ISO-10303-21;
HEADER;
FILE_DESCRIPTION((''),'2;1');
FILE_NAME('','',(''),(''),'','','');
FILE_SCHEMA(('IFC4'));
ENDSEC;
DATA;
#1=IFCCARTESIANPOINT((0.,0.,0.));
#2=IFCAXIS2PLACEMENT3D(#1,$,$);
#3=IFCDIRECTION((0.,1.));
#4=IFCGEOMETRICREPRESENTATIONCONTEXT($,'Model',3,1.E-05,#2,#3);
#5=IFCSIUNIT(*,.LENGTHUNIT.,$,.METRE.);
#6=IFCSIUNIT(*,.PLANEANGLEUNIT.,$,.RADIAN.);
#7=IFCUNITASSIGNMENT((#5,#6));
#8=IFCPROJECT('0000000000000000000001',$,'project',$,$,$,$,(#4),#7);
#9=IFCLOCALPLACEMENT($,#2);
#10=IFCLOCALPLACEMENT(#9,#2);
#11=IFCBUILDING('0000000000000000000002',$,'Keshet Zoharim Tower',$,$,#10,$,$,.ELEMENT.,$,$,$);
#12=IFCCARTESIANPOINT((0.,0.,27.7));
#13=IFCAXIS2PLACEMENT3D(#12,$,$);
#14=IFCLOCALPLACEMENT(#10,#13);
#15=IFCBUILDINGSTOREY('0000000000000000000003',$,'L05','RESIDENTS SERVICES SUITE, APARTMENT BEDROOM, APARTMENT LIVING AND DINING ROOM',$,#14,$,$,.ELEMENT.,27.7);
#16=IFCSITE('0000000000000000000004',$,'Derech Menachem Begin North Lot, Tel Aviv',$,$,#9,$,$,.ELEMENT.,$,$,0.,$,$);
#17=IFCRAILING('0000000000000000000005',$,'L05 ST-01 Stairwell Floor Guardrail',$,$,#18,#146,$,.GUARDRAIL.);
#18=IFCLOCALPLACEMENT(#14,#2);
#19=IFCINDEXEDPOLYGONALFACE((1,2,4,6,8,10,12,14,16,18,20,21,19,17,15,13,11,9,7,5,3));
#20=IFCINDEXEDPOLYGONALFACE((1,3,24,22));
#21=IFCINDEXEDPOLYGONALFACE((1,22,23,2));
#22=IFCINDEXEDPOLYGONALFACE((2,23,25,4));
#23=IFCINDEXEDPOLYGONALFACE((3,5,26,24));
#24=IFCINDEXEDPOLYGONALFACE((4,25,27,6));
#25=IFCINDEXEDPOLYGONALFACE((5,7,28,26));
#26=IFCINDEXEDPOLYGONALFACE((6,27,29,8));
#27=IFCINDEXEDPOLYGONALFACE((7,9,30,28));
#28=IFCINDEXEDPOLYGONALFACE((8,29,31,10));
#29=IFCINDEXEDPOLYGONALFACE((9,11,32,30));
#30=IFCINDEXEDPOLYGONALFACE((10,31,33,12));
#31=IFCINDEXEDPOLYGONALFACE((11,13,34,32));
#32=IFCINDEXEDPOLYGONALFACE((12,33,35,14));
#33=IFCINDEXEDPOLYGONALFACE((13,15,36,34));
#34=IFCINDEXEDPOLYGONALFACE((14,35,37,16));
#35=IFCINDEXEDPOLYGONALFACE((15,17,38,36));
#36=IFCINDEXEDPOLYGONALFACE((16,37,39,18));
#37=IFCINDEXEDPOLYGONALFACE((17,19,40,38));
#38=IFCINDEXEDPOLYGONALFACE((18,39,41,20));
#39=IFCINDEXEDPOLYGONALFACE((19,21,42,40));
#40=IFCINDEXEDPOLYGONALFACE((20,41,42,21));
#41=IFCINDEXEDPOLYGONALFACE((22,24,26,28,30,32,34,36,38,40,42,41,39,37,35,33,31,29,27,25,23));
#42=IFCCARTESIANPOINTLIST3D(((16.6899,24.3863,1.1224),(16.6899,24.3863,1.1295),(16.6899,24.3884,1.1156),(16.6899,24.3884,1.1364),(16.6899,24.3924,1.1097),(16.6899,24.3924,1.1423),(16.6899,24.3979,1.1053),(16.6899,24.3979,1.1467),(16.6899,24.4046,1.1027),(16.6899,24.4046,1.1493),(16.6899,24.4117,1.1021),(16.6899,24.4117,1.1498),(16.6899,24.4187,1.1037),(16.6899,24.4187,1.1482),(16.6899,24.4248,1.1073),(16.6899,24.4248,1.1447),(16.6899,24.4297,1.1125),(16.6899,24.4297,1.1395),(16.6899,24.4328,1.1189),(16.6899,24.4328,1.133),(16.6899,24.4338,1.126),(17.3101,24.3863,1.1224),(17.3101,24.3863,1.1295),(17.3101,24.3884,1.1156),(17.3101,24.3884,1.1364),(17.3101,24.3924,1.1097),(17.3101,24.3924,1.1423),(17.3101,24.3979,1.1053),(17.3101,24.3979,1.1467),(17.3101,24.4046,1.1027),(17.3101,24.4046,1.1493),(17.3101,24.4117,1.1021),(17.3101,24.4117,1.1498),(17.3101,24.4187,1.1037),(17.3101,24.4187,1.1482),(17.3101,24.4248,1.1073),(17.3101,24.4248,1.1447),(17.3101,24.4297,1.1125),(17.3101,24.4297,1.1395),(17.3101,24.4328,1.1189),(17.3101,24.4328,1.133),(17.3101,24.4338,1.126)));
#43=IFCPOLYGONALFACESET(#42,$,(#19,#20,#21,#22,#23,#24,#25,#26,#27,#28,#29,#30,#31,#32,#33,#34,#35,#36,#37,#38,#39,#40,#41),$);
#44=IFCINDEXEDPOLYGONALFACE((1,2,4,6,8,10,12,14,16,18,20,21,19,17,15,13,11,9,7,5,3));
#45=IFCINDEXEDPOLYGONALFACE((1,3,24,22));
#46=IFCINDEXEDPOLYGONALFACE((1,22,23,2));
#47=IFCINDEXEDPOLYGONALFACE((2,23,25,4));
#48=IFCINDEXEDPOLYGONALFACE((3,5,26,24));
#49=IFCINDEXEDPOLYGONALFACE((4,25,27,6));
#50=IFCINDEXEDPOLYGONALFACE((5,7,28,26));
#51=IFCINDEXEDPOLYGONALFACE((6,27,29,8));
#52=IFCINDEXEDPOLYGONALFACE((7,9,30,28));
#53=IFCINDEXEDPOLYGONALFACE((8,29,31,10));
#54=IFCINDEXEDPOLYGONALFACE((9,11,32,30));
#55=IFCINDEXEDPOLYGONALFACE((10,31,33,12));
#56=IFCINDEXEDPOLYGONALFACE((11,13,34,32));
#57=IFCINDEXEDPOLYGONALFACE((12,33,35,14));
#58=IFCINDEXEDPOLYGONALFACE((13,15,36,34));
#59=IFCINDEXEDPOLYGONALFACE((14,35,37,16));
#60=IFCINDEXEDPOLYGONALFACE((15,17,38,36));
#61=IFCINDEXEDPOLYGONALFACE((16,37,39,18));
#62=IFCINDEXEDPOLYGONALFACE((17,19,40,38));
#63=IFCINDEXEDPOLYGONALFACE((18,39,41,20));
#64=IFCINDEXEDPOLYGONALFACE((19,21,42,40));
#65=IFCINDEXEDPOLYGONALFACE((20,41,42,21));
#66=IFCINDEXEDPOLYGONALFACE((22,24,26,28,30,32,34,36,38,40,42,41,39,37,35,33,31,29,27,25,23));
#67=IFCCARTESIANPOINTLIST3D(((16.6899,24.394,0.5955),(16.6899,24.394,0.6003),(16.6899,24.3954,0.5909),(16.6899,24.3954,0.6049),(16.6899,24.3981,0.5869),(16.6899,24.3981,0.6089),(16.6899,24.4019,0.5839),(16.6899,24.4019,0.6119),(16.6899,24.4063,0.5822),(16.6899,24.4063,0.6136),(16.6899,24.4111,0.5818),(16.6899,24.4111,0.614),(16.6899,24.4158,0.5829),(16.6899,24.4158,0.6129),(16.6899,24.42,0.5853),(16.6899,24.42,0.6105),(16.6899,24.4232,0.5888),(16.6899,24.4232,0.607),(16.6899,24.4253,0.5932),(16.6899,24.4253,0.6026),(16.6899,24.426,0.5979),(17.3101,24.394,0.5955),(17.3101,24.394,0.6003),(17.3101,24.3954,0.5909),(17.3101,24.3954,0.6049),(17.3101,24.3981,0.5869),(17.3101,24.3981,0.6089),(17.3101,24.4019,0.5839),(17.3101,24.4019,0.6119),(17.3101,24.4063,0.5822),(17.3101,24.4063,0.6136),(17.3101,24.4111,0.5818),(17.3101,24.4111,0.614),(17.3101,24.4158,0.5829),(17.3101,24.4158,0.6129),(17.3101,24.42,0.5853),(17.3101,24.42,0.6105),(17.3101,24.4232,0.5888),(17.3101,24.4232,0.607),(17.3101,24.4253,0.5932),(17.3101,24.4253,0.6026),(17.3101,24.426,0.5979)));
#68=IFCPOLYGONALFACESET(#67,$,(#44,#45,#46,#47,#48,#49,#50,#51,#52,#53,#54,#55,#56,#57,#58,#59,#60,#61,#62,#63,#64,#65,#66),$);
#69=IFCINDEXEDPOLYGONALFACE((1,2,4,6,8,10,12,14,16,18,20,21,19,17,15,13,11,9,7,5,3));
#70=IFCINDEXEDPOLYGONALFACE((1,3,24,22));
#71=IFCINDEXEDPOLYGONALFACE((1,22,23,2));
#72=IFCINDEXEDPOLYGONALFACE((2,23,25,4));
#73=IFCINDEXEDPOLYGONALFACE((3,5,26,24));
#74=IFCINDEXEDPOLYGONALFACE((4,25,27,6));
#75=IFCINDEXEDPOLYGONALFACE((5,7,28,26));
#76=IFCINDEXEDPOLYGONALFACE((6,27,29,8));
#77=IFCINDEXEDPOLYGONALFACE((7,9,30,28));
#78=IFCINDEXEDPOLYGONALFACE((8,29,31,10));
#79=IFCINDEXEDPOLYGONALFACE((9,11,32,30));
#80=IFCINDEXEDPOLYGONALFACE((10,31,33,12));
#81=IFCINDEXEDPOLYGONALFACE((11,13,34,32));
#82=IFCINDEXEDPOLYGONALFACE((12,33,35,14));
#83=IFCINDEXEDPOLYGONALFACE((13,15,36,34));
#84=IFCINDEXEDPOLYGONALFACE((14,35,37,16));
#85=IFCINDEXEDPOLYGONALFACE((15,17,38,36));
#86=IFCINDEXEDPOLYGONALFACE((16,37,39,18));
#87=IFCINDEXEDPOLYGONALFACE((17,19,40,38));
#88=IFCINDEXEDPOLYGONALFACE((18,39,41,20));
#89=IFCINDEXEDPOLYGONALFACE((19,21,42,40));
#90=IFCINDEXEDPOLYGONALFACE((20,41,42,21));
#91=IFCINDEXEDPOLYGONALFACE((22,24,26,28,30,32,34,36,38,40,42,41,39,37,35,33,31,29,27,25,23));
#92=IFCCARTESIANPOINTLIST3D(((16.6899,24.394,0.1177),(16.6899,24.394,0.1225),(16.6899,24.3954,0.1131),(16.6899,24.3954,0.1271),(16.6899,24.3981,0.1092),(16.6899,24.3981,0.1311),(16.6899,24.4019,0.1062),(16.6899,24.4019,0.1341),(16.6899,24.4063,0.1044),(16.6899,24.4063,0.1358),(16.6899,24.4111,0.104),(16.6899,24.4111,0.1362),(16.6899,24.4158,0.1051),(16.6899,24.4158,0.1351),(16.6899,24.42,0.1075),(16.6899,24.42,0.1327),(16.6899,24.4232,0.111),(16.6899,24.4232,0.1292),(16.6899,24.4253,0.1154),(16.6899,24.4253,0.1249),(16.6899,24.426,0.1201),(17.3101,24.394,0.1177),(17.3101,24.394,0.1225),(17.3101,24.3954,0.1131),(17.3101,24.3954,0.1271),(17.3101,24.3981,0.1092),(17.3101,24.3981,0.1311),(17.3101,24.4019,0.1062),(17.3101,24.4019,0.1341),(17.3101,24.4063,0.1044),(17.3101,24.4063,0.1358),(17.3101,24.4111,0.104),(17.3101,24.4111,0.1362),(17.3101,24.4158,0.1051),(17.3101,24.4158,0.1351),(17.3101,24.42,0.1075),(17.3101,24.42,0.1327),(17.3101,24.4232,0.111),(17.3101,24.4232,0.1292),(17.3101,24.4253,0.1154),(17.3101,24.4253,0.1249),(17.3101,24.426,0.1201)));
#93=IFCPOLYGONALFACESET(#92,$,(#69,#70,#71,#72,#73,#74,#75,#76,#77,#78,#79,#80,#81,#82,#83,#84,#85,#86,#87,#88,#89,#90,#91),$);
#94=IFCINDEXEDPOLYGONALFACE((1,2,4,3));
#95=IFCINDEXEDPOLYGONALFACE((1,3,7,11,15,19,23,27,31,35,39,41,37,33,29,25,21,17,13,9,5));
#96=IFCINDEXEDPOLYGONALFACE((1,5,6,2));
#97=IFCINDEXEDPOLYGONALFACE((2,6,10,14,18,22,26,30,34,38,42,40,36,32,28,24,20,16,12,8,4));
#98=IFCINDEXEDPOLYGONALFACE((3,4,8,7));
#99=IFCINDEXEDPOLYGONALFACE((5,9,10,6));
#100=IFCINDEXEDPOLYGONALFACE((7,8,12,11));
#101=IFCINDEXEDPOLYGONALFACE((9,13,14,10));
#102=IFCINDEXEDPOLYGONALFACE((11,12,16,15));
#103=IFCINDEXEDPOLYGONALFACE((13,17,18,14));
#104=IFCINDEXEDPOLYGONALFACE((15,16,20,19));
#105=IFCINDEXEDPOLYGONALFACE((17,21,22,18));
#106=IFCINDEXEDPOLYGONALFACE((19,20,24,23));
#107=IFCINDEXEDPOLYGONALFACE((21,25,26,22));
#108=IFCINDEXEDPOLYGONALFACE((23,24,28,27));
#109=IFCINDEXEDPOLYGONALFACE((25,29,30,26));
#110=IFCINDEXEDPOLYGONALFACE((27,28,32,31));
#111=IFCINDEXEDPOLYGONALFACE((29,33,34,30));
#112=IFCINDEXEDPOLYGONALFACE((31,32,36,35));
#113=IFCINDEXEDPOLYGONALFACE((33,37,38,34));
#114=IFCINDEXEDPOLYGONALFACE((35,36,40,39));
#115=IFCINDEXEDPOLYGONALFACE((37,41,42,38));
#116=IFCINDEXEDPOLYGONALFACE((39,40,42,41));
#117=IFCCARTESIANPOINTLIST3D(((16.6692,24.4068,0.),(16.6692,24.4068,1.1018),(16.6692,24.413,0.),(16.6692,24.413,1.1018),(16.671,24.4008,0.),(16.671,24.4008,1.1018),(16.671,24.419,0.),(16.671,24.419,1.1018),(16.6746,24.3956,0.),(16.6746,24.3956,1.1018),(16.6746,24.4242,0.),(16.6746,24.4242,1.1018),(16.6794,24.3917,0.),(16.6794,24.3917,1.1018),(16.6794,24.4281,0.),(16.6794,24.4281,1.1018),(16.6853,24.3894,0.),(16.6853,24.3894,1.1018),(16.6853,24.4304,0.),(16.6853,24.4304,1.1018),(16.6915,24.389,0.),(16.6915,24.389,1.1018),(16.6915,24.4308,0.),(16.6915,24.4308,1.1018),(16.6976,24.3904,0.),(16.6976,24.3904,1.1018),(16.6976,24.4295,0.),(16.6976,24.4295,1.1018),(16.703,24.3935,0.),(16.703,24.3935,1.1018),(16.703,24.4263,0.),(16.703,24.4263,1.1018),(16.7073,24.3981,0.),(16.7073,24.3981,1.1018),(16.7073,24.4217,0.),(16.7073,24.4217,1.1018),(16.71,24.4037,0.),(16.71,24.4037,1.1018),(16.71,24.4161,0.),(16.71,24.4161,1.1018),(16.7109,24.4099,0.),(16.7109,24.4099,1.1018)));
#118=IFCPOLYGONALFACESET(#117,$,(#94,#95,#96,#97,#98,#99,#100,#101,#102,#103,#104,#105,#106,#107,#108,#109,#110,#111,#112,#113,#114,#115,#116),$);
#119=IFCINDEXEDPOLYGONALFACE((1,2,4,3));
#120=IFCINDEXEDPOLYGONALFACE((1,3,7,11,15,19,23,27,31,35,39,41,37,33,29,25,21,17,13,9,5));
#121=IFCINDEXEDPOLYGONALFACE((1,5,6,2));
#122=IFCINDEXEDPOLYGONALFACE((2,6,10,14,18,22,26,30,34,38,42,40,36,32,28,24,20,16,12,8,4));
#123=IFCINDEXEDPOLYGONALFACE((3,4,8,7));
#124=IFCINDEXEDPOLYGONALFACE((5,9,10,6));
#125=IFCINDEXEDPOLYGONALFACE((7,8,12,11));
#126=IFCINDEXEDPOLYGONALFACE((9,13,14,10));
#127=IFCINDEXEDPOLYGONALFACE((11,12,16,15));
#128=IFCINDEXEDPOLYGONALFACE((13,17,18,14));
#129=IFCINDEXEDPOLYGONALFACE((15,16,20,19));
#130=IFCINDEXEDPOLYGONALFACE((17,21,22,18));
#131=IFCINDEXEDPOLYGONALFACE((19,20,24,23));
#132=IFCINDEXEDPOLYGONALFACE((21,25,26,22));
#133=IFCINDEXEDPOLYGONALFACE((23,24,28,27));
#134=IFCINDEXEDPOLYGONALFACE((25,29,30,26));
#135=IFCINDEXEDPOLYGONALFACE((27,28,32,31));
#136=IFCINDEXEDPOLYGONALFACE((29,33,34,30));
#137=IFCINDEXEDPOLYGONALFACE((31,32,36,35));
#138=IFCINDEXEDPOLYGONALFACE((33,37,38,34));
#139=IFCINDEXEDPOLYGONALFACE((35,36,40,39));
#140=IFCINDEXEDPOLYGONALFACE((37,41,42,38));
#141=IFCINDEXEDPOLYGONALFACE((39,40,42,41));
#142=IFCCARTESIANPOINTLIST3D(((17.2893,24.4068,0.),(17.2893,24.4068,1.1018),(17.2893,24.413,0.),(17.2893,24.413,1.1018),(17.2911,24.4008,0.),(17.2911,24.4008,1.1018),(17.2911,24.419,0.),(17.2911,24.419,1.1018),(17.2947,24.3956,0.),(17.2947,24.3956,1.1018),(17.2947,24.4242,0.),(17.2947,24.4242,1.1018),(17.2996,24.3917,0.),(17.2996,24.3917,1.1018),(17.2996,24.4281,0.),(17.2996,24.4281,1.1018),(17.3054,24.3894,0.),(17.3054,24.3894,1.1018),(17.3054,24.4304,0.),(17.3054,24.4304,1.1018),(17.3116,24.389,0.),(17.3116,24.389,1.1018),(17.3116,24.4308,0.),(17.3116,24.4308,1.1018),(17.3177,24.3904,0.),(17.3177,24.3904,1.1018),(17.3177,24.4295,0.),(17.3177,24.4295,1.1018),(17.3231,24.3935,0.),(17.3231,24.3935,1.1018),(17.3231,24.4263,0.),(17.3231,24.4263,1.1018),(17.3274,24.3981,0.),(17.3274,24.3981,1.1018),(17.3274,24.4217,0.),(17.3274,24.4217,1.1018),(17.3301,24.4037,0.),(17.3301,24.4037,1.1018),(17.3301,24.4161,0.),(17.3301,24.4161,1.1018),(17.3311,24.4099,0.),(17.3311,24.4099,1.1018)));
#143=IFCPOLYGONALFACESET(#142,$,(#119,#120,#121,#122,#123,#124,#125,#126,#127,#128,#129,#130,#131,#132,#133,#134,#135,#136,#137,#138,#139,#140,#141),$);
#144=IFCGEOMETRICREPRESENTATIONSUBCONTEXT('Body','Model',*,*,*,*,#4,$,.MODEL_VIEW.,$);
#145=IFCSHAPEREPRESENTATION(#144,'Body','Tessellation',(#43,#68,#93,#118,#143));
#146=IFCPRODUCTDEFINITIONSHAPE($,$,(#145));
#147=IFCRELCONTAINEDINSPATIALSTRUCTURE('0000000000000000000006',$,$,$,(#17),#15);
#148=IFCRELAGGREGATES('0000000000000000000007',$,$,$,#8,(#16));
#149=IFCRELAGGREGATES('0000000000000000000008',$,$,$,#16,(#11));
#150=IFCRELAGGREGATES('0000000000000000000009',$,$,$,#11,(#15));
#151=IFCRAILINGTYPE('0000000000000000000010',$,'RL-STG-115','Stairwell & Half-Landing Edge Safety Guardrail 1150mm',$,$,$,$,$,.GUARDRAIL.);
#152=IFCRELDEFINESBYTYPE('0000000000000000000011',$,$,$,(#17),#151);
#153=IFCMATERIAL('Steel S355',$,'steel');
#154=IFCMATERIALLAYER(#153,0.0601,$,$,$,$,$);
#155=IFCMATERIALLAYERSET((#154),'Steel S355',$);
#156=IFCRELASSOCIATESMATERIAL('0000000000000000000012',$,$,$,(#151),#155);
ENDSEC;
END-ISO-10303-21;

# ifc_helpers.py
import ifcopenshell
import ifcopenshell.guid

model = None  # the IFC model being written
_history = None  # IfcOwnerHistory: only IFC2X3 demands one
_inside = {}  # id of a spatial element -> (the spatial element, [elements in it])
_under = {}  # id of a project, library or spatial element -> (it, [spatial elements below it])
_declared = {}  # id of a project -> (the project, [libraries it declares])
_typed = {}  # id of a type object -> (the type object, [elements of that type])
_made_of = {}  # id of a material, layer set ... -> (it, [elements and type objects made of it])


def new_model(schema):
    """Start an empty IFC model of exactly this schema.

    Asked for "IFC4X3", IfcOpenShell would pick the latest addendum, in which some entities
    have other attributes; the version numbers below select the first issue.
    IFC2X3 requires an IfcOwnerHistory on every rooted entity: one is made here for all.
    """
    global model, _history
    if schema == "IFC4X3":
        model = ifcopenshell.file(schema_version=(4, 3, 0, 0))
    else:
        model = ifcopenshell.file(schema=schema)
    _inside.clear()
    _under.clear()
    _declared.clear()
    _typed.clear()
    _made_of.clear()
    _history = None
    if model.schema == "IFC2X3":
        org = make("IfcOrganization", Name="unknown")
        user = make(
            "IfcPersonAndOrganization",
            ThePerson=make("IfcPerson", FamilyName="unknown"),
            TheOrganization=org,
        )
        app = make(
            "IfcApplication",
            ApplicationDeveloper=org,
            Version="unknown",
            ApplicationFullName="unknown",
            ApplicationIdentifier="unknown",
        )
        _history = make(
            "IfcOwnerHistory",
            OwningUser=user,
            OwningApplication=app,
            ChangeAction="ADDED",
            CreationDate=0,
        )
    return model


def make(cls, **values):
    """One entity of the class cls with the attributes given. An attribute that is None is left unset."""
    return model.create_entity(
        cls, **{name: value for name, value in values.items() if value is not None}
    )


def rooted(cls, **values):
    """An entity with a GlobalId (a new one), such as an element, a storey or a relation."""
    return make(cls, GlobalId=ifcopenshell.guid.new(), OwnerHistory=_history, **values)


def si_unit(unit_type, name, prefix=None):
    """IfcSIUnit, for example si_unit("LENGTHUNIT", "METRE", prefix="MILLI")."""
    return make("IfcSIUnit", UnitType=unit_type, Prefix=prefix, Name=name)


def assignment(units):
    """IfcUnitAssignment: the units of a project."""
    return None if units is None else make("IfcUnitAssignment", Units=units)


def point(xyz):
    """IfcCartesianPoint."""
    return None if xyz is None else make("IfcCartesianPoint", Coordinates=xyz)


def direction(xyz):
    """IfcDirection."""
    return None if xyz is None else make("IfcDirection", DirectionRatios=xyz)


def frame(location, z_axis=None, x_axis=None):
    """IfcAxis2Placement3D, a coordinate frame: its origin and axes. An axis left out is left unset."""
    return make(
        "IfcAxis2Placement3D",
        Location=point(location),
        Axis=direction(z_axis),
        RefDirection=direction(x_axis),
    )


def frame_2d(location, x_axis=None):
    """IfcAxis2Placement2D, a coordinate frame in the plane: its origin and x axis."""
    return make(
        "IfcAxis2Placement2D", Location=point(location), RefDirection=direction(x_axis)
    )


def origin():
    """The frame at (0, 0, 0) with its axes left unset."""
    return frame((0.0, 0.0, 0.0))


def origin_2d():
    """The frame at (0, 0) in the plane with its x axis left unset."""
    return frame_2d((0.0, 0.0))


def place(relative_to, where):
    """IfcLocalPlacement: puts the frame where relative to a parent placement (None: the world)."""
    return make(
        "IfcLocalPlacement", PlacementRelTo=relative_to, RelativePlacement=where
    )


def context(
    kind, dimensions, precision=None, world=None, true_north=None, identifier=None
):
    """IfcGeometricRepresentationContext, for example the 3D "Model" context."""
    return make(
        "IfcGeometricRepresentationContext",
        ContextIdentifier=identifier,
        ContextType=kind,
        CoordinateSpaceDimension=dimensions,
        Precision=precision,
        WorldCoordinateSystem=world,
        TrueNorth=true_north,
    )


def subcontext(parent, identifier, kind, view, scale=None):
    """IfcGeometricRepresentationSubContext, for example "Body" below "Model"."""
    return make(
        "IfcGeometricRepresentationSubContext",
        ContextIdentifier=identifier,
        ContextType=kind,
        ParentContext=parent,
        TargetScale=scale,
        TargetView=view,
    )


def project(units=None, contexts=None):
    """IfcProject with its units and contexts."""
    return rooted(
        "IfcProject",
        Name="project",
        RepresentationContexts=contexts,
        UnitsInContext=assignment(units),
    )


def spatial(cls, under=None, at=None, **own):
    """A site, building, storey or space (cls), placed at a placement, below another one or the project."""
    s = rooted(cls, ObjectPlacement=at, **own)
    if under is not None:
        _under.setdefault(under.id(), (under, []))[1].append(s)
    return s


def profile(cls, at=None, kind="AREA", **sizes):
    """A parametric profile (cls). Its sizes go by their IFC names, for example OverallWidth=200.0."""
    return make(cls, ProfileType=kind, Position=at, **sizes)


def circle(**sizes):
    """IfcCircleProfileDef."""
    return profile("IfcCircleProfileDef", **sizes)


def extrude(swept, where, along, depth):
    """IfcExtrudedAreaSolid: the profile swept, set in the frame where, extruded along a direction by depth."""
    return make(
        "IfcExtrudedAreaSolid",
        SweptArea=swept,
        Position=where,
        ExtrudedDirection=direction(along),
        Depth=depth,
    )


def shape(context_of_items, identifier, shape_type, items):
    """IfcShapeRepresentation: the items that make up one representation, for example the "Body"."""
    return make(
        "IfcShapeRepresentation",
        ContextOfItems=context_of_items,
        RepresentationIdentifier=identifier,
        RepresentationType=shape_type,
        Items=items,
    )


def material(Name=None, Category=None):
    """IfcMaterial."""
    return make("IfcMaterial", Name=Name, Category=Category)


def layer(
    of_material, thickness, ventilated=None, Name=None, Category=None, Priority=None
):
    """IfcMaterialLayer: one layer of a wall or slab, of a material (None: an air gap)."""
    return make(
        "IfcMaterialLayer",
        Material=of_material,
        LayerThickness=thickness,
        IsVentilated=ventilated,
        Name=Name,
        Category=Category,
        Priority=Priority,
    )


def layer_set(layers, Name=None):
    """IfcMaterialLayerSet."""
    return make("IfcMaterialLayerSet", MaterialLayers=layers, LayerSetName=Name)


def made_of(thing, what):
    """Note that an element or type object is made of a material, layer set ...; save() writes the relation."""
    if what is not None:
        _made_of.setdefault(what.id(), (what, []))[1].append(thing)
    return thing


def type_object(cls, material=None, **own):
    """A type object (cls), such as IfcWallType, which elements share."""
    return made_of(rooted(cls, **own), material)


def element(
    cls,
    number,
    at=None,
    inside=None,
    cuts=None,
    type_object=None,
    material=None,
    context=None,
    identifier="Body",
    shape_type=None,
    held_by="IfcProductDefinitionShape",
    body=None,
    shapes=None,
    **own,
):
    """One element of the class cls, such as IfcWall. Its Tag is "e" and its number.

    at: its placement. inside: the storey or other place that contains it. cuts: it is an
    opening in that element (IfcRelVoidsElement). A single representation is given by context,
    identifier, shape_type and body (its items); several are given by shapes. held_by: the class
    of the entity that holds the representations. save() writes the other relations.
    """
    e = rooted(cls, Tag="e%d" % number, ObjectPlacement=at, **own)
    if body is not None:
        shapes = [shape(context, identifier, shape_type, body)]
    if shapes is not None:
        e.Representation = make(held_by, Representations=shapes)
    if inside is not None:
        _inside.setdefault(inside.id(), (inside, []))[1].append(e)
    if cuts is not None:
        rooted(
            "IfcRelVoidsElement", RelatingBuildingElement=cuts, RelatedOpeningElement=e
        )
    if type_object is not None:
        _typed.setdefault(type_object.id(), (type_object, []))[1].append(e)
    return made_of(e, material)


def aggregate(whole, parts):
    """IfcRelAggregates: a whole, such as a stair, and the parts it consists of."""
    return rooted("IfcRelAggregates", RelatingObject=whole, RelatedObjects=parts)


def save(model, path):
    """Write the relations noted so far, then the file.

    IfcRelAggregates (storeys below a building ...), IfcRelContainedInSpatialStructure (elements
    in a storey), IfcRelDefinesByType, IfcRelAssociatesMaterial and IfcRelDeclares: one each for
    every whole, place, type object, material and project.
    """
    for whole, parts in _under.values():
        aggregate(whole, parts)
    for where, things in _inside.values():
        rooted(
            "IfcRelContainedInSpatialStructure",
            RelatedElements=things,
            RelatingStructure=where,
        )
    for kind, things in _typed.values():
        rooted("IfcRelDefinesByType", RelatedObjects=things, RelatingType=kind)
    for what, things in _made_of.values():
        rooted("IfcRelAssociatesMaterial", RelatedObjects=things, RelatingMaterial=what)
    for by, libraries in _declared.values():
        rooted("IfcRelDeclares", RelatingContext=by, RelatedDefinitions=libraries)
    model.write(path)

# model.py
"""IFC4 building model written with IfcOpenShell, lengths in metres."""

from ifc_helpers import new_model, si_unit, direction, frame, origin, origin_2d, place, context, subcontext, project, spatial, circle, extrude, material, layer, layer_set, type_object, element, save


model = new_model("IFC4")

# Units and contexts
model_context = context("Model", 3, precision=1e-05, world=origin(), true_north=direction((0.0, 1.0)))
body_context = subcontext(model_context, "Body", "Model", "MODEL_VIEW")
ifc_project = project(units=[si_unit("LENGTHUNIT", "METRE"), si_unit("PLANEANGLEUNIT", "RADIAN")], contexts=[model_context])

# Site, building, storey
site_placement = place(None, origin())
site = spatial("IfcSite", under=ifc_project, at=site_placement, Name="Derech Menachem Begin North Lot, Tel Aviv", CompositionType="ELEMENT", RefElevation=0.0)
building_placement = place(site_placement, origin())
building = spatial("IfcBuilding", under=site, at=building_placement, Name="Keshet Zoharim Tower", CompositionType="ELEMENT")
storey_placement = place(building_placement, frame((0.0, 0.0, 27.7)))
storey = spatial("IfcBuildingStorey", under=building, at=storey_placement, Name="L05", Description="RESIDENTS SERVICES SUITE, APARTMENT BEDROOM, APARTMENT LIVING AND DINING ROOM", CompositionType="ELEMENT", Elevation=27.7)

# Shared definitions
ifc_material_1 = material(Name="Steel S355", Category="steel")

# Railing
ifc_layer_1 = layer(ifc_material_1, 0.0601)
ifc_layer_set_1 = layer_set([ifc_layer_1], Name="Steel S355")
railing_type = type_object("IfcRailingType", Name="RL-STG-115", Description="Stairwell & Half-Landing Edge Safety Guardrail 1150mm", PredefinedType="GUARDRAIL", material=ifc_layer_set_1)
railing_placement = place(storey_placement, frame((16.6899, 24.4099, 0.0)))
element("IfcRailing", 1, at=railing_placement, inside=storey, type_object=railing_type, Name="L05 ST-01 Stairwell Floor Guardrail", PredefinedType="GUARDRAIL", context=body_context, shape_type="SweptSolid", body=[
    extrude(circle(Radius=0.0239, at=origin_2d()), frame((0.0, 0.0, 1.126), z_axis=(1.0, 0.0, 0.0), x_axis=(0.0, 1.0, 0.0)), (0.0, 0.0, 1.0), 0.6201),
    extrude(circle(Radius=0.0161, at=origin_2d()), frame((0.0, 0.0, 0.5979), z_axis=(1.0, 0.0, 0.0), x_axis=(0.0, 1.0, 0.0)), (0.0, 0.0, 1.0), 0.6201),
    extrude(circle(Radius=0.0161, at=origin_2d()), frame((0.0, 0.0, 0.1201), z_axis=(1.0, 0.0, 0.0), x_axis=(0.0, 1.0, 0.0)), (0.0, 0.0, 1.0), 0.6201),
    extrude(circle(Radius=0.021, at=origin_2d()), origin(), (0.0, 0.0, 1.0), 1.1018),
    extrude(circle(Radius=0.021, at=origin_2d()), frame((0.6201, 0.0, 0.0)), (0.0, 0.0, 1.0), 1.1018),
])

save(model, "model.ifc")
